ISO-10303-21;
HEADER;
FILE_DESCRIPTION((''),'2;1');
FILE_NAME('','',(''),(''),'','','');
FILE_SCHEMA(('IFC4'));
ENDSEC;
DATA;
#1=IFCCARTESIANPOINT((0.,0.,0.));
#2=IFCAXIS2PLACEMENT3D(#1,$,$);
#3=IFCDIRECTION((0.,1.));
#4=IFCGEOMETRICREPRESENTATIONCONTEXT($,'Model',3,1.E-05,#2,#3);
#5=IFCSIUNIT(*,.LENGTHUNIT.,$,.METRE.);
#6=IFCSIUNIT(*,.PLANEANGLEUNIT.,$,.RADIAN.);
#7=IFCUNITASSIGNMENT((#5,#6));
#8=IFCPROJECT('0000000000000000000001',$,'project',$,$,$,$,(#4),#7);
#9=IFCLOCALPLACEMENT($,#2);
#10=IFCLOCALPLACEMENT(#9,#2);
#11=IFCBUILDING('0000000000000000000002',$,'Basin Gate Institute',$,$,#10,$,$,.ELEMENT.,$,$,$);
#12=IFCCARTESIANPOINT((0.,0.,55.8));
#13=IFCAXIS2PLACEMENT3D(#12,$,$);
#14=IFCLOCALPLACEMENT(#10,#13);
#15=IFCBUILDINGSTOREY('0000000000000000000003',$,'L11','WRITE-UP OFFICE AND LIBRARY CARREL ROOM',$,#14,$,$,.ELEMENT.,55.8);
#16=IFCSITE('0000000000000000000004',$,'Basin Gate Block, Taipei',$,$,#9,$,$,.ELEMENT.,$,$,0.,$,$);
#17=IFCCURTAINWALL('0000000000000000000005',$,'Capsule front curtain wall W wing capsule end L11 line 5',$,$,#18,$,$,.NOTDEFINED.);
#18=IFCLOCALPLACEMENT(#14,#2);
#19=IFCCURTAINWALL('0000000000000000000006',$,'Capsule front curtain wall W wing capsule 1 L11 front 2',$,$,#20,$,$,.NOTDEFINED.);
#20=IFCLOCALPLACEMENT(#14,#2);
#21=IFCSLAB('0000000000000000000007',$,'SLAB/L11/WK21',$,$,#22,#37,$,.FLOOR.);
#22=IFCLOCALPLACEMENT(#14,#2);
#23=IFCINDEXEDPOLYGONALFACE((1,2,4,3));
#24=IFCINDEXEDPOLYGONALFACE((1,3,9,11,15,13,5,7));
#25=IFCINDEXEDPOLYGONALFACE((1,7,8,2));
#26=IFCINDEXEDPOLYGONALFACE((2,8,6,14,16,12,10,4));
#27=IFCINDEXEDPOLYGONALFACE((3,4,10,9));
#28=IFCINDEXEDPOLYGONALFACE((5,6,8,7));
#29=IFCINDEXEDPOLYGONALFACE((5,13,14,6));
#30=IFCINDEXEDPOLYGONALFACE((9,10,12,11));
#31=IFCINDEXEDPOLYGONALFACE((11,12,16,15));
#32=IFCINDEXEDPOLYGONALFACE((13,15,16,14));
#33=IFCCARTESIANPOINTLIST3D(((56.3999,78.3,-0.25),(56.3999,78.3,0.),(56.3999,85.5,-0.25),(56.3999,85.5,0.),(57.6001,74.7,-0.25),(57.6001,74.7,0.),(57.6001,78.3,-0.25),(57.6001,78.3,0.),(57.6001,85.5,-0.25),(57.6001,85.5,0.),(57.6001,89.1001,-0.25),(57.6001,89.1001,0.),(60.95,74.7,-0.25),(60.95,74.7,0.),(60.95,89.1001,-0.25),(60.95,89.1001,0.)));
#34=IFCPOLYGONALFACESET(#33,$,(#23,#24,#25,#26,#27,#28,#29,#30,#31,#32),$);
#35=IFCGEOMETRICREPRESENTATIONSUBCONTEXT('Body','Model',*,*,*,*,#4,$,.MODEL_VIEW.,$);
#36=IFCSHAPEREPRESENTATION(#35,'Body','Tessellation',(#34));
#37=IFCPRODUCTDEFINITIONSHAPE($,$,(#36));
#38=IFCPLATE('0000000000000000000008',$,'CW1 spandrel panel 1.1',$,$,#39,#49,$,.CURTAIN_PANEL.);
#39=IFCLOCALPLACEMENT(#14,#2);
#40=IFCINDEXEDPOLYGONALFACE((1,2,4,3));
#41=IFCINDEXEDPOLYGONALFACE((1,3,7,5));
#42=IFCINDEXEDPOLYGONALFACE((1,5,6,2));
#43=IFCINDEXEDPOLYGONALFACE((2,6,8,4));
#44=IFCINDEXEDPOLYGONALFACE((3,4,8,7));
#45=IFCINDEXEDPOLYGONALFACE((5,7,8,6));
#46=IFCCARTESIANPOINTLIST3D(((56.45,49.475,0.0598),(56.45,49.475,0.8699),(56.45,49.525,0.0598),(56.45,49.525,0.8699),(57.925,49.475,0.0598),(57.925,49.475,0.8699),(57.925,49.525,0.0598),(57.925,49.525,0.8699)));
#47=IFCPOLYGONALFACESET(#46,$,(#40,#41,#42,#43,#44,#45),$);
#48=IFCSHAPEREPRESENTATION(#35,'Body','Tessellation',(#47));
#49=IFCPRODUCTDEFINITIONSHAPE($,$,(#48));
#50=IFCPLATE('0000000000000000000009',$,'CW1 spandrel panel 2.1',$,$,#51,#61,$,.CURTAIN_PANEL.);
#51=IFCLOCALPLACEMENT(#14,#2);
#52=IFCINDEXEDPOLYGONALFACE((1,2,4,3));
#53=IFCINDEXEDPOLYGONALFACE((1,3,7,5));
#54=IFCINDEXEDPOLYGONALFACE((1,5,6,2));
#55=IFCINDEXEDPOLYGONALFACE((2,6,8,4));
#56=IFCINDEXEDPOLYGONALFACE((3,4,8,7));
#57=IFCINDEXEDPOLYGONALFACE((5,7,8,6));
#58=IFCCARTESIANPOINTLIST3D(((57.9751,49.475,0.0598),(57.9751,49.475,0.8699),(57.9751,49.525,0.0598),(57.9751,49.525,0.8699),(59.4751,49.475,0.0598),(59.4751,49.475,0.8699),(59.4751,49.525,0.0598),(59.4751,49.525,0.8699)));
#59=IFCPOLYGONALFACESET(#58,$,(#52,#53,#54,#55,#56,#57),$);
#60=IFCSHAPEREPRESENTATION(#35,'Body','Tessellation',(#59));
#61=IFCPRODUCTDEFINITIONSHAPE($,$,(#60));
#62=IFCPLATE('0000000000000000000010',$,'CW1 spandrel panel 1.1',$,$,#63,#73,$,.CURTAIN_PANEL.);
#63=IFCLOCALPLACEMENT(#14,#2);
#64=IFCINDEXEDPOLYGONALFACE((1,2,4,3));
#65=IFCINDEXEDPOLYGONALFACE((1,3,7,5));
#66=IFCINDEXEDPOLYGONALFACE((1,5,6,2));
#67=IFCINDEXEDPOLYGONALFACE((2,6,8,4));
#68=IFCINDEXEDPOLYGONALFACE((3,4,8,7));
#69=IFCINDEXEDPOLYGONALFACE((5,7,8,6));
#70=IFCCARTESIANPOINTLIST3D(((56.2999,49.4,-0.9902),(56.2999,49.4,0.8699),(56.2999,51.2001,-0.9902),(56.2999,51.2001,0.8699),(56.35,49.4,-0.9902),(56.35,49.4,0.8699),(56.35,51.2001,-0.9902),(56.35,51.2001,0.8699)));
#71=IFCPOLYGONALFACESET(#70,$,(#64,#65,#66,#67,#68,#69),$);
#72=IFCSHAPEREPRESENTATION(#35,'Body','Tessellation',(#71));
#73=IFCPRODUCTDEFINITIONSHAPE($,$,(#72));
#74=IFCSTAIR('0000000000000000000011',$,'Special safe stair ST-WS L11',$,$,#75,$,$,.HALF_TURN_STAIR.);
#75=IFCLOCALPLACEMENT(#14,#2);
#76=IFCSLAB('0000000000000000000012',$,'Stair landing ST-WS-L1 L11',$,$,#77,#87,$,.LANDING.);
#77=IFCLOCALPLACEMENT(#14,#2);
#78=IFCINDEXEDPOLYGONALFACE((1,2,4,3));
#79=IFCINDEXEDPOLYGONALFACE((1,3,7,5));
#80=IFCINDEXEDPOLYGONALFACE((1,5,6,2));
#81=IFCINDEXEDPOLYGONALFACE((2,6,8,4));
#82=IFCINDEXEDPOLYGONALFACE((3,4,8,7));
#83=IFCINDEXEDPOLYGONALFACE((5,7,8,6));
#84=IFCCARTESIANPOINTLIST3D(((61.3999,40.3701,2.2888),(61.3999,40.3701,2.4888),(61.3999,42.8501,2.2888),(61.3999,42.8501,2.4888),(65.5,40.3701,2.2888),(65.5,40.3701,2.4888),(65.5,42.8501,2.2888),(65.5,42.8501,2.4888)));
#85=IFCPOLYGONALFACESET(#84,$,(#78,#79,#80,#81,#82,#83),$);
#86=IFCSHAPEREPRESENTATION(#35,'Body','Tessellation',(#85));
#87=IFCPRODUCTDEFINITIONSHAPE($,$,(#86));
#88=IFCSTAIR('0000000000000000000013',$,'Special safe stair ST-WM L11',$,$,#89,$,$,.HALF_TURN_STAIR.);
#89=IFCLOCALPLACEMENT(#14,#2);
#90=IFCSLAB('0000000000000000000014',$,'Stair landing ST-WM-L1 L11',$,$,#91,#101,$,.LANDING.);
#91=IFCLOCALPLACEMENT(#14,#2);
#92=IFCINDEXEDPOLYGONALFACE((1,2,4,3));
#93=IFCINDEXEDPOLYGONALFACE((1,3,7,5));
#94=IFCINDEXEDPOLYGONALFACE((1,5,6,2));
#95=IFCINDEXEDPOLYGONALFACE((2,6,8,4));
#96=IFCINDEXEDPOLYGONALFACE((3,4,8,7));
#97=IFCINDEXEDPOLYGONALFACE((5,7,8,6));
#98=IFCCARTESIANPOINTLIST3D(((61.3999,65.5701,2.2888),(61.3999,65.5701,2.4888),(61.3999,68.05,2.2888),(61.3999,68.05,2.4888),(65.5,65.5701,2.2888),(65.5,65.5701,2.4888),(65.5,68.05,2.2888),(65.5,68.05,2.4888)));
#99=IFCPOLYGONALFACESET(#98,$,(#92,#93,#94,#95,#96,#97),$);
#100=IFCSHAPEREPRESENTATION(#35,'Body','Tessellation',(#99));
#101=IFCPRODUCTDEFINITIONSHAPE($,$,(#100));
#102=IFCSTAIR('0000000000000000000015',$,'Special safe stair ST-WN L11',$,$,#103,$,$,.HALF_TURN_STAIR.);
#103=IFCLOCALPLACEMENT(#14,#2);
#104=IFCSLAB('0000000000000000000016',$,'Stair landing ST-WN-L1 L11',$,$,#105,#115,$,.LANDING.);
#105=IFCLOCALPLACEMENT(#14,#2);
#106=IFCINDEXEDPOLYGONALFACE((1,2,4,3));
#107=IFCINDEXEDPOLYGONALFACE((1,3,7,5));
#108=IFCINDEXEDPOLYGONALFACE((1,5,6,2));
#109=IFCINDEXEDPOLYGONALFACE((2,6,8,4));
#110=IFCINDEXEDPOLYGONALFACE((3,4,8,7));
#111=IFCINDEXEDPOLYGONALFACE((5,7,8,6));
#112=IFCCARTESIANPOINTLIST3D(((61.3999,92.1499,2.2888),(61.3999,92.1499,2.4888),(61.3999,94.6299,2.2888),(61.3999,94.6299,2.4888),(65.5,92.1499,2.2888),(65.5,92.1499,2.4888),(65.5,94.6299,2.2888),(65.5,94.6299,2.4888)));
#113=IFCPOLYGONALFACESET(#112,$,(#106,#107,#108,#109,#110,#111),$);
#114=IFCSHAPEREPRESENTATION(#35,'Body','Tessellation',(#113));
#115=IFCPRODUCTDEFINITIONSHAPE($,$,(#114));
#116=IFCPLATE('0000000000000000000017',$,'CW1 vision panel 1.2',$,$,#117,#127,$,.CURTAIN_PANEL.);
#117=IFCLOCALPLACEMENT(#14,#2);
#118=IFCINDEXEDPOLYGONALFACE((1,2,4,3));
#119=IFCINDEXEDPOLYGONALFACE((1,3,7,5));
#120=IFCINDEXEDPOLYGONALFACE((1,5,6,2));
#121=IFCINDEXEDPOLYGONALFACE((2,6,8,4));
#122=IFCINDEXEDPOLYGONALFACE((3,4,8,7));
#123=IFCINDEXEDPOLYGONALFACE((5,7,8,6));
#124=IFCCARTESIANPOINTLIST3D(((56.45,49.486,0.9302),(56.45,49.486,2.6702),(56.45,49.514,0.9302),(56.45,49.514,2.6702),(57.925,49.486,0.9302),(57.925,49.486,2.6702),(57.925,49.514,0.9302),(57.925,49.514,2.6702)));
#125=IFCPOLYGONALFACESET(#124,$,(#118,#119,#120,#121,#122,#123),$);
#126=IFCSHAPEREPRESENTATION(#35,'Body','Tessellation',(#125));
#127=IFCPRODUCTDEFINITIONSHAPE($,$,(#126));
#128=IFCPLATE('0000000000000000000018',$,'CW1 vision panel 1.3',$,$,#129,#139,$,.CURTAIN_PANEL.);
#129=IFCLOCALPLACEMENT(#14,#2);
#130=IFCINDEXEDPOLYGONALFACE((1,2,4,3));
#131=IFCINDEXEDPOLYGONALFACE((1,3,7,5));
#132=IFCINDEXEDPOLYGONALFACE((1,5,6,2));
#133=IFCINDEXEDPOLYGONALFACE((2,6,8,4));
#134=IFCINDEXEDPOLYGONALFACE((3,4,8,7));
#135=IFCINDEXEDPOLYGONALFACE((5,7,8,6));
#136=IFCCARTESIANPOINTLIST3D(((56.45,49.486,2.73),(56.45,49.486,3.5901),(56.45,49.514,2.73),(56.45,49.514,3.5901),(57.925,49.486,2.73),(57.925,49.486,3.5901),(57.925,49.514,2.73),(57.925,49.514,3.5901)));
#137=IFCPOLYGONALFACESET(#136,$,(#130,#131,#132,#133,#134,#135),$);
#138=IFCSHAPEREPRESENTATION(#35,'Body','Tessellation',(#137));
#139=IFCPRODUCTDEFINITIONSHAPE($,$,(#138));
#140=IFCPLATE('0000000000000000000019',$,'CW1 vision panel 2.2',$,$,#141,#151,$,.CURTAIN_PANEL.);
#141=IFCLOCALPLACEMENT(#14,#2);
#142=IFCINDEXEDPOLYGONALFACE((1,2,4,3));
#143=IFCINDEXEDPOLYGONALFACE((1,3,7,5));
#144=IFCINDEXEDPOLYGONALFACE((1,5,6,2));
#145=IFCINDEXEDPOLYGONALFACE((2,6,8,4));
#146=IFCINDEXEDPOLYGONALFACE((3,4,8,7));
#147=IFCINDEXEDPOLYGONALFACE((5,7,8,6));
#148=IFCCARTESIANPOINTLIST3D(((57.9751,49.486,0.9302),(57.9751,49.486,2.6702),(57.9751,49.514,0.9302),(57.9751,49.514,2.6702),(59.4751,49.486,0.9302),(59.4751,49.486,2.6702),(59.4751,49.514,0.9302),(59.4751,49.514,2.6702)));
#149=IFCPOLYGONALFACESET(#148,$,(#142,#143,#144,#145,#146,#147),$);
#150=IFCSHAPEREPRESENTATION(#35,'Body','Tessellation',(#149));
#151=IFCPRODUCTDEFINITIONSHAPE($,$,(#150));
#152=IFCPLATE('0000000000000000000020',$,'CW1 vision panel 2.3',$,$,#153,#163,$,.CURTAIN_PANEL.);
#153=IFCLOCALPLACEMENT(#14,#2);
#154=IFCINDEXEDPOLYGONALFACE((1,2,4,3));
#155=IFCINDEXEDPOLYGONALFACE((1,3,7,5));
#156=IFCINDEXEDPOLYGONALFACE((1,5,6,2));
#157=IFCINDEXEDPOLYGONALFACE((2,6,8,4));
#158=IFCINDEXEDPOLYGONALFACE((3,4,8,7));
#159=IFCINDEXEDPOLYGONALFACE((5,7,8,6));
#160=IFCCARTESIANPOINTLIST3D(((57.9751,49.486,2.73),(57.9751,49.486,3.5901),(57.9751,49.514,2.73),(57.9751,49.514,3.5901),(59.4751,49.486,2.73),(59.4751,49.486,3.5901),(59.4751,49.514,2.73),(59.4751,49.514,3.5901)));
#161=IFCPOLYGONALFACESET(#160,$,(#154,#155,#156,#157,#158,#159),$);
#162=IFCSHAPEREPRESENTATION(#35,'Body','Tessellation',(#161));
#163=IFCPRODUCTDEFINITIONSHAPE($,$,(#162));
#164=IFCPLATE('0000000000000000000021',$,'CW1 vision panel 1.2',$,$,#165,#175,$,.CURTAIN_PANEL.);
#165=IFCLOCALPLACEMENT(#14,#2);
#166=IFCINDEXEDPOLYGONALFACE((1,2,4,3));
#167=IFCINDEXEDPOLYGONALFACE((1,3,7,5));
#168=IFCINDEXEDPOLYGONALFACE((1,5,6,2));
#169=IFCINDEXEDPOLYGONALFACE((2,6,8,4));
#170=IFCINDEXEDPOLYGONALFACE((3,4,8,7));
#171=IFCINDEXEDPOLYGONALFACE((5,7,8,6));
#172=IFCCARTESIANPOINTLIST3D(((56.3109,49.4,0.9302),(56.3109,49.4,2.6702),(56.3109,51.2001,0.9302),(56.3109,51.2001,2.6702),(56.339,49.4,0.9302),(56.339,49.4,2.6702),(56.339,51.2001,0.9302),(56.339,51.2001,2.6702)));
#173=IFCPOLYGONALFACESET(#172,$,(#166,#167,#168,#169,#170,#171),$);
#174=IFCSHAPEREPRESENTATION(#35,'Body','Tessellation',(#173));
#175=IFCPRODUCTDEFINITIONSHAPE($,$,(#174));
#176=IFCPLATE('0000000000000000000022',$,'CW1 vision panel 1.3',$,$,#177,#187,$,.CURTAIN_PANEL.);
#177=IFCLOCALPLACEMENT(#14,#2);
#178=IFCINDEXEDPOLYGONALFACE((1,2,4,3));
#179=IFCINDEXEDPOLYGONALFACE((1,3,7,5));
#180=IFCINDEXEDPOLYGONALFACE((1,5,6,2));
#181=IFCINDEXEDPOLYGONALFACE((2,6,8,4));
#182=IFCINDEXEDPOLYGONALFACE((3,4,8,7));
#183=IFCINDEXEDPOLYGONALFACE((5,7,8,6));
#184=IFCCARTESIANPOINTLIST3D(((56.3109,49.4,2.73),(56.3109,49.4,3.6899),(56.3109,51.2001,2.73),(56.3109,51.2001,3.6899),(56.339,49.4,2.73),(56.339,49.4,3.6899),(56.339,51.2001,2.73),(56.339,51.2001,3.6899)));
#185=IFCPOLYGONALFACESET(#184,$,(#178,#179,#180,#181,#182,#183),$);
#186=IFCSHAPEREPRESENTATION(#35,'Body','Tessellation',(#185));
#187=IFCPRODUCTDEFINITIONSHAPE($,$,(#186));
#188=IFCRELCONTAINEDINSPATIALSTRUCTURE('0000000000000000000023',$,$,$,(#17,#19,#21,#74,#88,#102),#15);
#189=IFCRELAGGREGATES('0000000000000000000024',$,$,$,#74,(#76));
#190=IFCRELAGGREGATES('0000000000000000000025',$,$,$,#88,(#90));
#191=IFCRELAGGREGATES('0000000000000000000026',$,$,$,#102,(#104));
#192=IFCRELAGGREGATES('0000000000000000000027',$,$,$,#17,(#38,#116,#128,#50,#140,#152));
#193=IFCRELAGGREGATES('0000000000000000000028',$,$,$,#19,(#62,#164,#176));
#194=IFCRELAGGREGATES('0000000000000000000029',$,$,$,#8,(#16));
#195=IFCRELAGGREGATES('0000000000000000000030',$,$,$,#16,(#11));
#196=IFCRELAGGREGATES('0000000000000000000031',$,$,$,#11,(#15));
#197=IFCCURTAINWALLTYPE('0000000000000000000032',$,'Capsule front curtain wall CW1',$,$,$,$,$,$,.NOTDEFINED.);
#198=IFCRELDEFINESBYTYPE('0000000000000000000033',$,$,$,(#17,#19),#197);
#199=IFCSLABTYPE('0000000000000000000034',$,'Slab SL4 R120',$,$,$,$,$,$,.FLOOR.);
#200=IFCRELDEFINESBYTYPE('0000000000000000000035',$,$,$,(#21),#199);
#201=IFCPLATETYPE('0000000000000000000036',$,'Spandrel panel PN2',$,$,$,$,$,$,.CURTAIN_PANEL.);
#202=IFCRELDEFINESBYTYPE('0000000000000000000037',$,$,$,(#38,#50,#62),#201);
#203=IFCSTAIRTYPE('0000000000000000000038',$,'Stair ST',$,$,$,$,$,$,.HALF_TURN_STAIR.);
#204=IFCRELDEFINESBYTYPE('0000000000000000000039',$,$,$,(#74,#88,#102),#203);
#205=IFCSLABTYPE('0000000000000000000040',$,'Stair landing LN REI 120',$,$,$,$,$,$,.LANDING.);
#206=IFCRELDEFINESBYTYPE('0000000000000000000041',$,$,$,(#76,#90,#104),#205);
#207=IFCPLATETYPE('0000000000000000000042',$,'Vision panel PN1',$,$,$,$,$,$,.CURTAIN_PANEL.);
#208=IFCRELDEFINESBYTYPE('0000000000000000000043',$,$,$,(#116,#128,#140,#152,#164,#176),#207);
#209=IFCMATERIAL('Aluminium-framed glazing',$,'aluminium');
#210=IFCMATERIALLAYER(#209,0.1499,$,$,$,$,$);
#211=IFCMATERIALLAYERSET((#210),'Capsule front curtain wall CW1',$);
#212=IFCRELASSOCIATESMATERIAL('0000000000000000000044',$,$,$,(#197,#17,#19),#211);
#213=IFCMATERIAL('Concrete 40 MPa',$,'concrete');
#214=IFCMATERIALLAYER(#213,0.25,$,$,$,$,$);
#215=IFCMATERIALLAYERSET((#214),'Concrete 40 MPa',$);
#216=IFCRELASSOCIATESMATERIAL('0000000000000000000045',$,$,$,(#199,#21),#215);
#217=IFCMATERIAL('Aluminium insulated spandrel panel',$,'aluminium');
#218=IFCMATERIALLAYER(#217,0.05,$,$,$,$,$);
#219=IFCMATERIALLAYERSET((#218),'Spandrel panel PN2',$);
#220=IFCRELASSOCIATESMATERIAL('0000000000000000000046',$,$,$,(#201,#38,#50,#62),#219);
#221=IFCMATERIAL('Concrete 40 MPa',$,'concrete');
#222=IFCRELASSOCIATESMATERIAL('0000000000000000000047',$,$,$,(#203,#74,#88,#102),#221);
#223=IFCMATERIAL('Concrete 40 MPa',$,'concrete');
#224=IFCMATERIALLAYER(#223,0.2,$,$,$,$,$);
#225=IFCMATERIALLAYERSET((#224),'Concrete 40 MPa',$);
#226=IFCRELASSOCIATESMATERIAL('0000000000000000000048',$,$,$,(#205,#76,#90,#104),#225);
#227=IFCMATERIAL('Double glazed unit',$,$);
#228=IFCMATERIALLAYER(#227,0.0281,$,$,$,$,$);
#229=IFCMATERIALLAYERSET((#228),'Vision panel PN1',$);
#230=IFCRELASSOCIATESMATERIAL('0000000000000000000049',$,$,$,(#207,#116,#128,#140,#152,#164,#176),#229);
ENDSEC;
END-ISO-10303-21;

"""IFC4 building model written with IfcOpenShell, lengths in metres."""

from ifc_helpers import new_model, si_unit, direction, frame, origin, origin_2d, place, context, subcontext, project, spatial, polyline, rectangle, outline, extrude, material, layer, layer_set, type_object, element, aggregate, save


model = new_model("IFC4")

# Units and contexts
model_context = context("Model", 3, precision=1e-05, world=origin(), true_north=direction((0.0, 1.0)))
body_context = subcontext(model_context, "Body", "Model", "MODEL_VIEW")
ifc_project = project(units=[si_unit("LENGTHUNIT", "METRE"), si_unit("PLANEANGLEUNIT", "RADIAN")], contexts=[model_context])

# Site, building, storey
site_placement = place(None, origin())
site = spatial("IfcSite", under=ifc_project, at=site_placement, Name="Basin Gate Block, Taipei", CompositionType="ELEMENT", RefElevation=0.0)
building_placement = place(site_placement, origin())
building = spatial("IfcBuilding", under=site, at=building_placement, Name="Basin Gate Institute", CompositionType="ELEMENT")
storey_placement = place(building_placement, frame((0.0, 0.0, 55.8)))
storey = spatial("IfcBuildingStorey", under=building, at=storey_placement, Name="L11", Description="WRITE-UP OFFICE AND LIBRARY CARREL ROOM", CompositionType="ELEMENT", Elevation=55.8)

# Curtain walls
ifc_material_1 = material(Name="Aluminium-framed glazing", Category="aluminium")
ifc_layer_1 = layer(ifc_material_1, 0.1499)
ifc_layer_set_1 = layer_set([ifc_layer_1], Name="Capsule front curtain wall CW1")
curtain_wall_type = type_object("IfcCurtainWallType", Name="Capsule front curtain wall CW1", PredefinedType="NOTDEFINED", material=ifc_layer_set_1)
curtain_wall_1_placement = place(storey_placement, origin())
curtain_wall_1 = element("IfcCurtainWall", 1, at=curtain_wall_1_placement, inside=storey, type_object=curtain_wall_type, material=ifc_layer_set_1, Name="Capsule front curtain wall W wing capsule end L11 line 5", PredefinedType="NOTDEFINED")
curtain_wall_2_placement = place(storey_placement, origin())
curtain_wall_2 = element("IfcCurtainWall", 2, at=curtain_wall_2_placement, inside=storey, type_object=curtain_wall_type, material=ifc_layer_set_1, Name="Capsule front curtain wall W wing capsule 1 L11 front 2", PredefinedType="NOTDEFINED")

# Slab
ifc_material_2 = material(Name="Concrete 40 MPa", Category="concrete")
ifc_layer_2 = layer(ifc_material_2, 0.25)
ifc_layer_set_2 = layer_set([ifc_layer_2], Name="Concrete 40 MPa")
slab_type_1 = type_object("IfcSlabType", Name="Slab SL4 R120", PredefinedType="FLOOR", material=ifc_layer_set_2)
slab_1_placement = place(storey_placement, frame((0.0, 0.0, -0.25)))
element("IfcSlab", 3, at=slab_1_placement, inside=storey, type_object=slab_type_1, material=ifc_layer_set_2, Name="SLAB/L11/WK21", PredefinedType="FLOOR", context=body_context, shape_type="SweptSolid", body=[
    extrude(outline(polyline([(57.6001, 74.7), (57.6001, 78.3), (56.3999, 78.3), (56.3999, 85.5), (57.6001, 85.5), (57.6001, 89.1001), (60.95, 89.1001), (60.95, 74.7), (57.6001, 74.7)])), origin(), (0.0, 0.0, 1.0), 0.25),
])

# Plates
ifc_material_3 = material(Name="Aluminium insulated spandrel panel", Category="aluminium")
ifc_layer_3 = layer(ifc_material_3, 0.05)
ifc_layer_set_3 = layer_set([ifc_layer_3], Name="Spandrel panel PN2")
plate_type_1 = type_object("IfcPlateType", Name="Spandrel panel PN2", PredefinedType="CURTAIN_PANEL", material=ifc_layer_set_3)
plate_1_placement = place(storey_placement, frame((57.1875, 49.5, 0.0598), z_axis=(0.0, 0.0, 1.0), x_axis=(1.0, 0.0, 0.0)))
plate_1 = element("IfcPlate", 4, at=plate_1_placement, type_object=plate_type_1, material=ifc_layer_set_3, Name="CW1 spandrel panel 1.1", PredefinedType="CURTAIN_PANEL", context=body_context, shape_type="SweptSolid", body=[
    extrude(rectangle(XDim=1.4751, YDim=0.05, at=origin_2d()), origin(), (0.0, 0.0, 1.0), 0.8101),
])
plate_2_placement = place(storey_placement, frame((58.7251, 49.5, 0.0598), z_axis=(0.0, 0.0, 1.0), x_axis=(1.0, 0.0, 0.0)))
plate_2 = element("IfcPlate", 5, at=plate_2_placement, type_object=plate_type_1, material=ifc_layer_set_3, Name="CW1 spandrel panel 2.1", PredefinedType="CURTAIN_PANEL", context=body_context, shape_type="SweptSolid", body=[
    extrude(rectangle(XDim=1.5, YDim=0.05, at=origin_2d()), origin(), (0.0, 0.0, 1.0), 0.8101),
])
plate_3_placement = place(storey_placement, frame((56.325, 50.3, -0.9902), z_axis=(0.0, 0.0, 1.0), x_axis=(0.0, 1.0, 0.0)))
plate_3 = element("IfcPlate", 6, at=plate_3_placement, type_object=plate_type_1, material=ifc_layer_set_3, Name="CW1 spandrel panel 1.1", PredefinedType="CURTAIN_PANEL", context=body_context, shape_type="SweptSolid", body=[
    extrude(rectangle(XDim=1.8, YDim=0.05, at=origin_2d()), origin(), (0.0, 0.0, 1.0), 1.8601),
])

# Stairs, slabs
ifc_material_4 = material(Name="Concrete 40 MPa", Category="concrete")
stair_type = type_object("IfcStairType", Name="Stair ST", PredefinedType="HALF_TURN_STAIR", material=ifc_material_4)
stair_1_placement = place(storey_placement, origin())
stair_1 = element("IfcStair", 7, at=stair_1_placement, inside=storey, type_object=stair_type, material=ifc_material_4, Name="Special safe stair ST-WS L11", PredefinedType="HALF_TURN_STAIR")
ifc_material_5 = material(Name="Concrete 40 MPa", Category="concrete")
ifc_layer_4 = layer(ifc_material_5, 0.2)
ifc_layer_set_4 = layer_set([ifc_layer_4], Name="Concrete 40 MPa")
slab_type_2 = type_object("IfcSlabType", Name="Stair landing LN REI 120", PredefinedType="LANDING", material=ifc_layer_set_4)
slab_2_placement = place(storey_placement, frame((0.0, 0.0, 2.2888)))
slab_2 = element("IfcSlab", 8, at=slab_2_placement, type_object=slab_type_2, material=ifc_layer_set_4, Name="Stair landing ST-WS-L1 L11", PredefinedType="LANDING", context=body_context, shape_type="SweptSolid", body=[
    extrude(outline(polyline([(61.3999, 40.3701), (65.5, 40.3701), (65.5, 42.8501), (61.3999, 42.8501), (61.3999, 40.3701)])), origin(), (0.0, 0.0, 1.0), 0.2),
])
aggregate(stair_1, [slab_2])
stair_2_placement = place(storey_placement, origin())
stair_2 = element("IfcStair", 9, at=stair_2_placement, inside=storey, type_object=stair_type, material=ifc_material_4, Name="Special safe stair ST-WM L11", PredefinedType="HALF_TURN_STAIR")
slab_3_placement = place(storey_placement, frame((0.0, 0.0, 2.2888)))
slab_3 = element("IfcSlab", 10, at=slab_3_placement, type_object=slab_type_2, material=ifc_layer_set_4, Name="Stair landing ST-WM-L1 L11", PredefinedType="LANDING", context=body_context, shape_type="SweptSolid", body=[
    extrude(outline(polyline([(61.3999, 65.5701), (65.5, 65.5701), (65.5, 68.05), (61.3999, 68.05), (61.3999, 65.5701)])), origin(), (0.0, 0.0, 1.0), 0.2),
])
aggregate(stair_2, [slab_3])
stair_3_placement = place(storey_placement, origin())
stair_3 = element("IfcStair", 11, at=stair_3_placement, inside=storey, type_object=stair_type, material=ifc_material_4, Name="Special safe stair ST-WN L11", PredefinedType="HALF_TURN_STAIR")
slab_4_placement = place(storey_placement, frame((0.0, 0.0, 2.2888)))
slab_4 = element("IfcSlab", 12, at=slab_4_placement, type_object=slab_type_2, material=ifc_layer_set_4, Name="Stair landing ST-WN-L1 L11", PredefinedType="LANDING", context=body_context, shape_type="SweptSolid", body=[
    extrude(outline(polyline([(61.3999, 92.1499), (65.5, 92.1499), (65.5, 94.6299), (61.3999, 94.6299), (61.3999, 92.1499)])), origin(), (0.0, 0.0, 1.0), 0.2),
])
aggregate(stair_3, [slab_4])

# Plates
ifc_material_6 = material(Name="Double glazed unit")
ifc_layer_5 = layer(ifc_material_6, 0.0281)
ifc_layer_set_5 = layer_set([ifc_layer_5], Name="Vision panel PN1")
plate_type_2 = type_object("IfcPlateType", Name="Vision panel PN1", PredefinedType="CURTAIN_PANEL", material=ifc_layer_set_5)
plate_4_placement = place(storey_placement, frame((57.1875, 49.5, 0.9302), z_axis=(0.0, 0.0, 1.0), x_axis=(1.0, 0.0, 0.0)))
plate_4 = element("IfcPlate", 13, at=plate_4_placement, type_object=plate_type_2, material=ifc_layer_set_5, Name="CW1 vision panel 1.2", PredefinedType="CURTAIN_PANEL", context=body_context, shape_type="SweptSolid", body=[
    extrude(rectangle(XDim=1.4751, YDim=0.0281, at=origin_2d()), origin(), (0.0, 0.0, 1.0), 1.74),
])
plate_5_placement = place(storey_placement, frame((57.1875, 49.5, 2.73), z_axis=(0.0, 0.0, 1.0), x_axis=(1.0, 0.0, 0.0)))
plate_5 = element("IfcPlate", 14, at=plate_5_placement, type_object=plate_type_2, material=ifc_layer_set_5, Name="CW1 vision panel 1.3", PredefinedType="CURTAIN_PANEL", context=body_context, shape_type="SweptSolid", body=[
    extrude(rectangle(XDim=1.4751, YDim=0.0281, at=origin_2d()), origin(), (0.0, 0.0, 1.0), 0.8601),
])
plate_6_placement = place(storey_placement, frame((58.7251, 49.5, 0.9302), z_axis=(0.0, 0.0, 1.0), x_axis=(1.0, 0.0, 0.0)))
plate_6 = element("IfcPlate", 15, at=plate_6_placement, type_object=plate_type_2, material=ifc_layer_set_5, Name="CW1 vision panel 2.2", PredefinedType="CURTAIN_PANEL", context=body_context, shape_type="SweptSolid", body=[
    extrude(rectangle(XDim=1.5, YDim=0.0281, at=origin_2d()), origin(), (0.0, 0.0, 1.0), 1.74),
])
plate_7_placement = place(storey_placement, frame((58.7251, 49.5, 2.73), z_axis=(0.0, 0.0, 1.0), x_axis=(1.0, 0.0, 0.0)))
plate_7 = element("IfcPlate", 16, at=plate_7_placement, type_object=plate_type_2, material=ifc_layer_set_5, Name="CW1 vision panel 2.3", PredefinedType="CURTAIN_PANEL", context=body_context, shape_type="SweptSolid", body=[
    extrude(rectangle(XDim=1.5, YDim=0.0281, at=origin_2d()), origin(), (0.0, 0.0, 1.0), 0.8601),
])
aggregate(curtain_wall_1, [plate_1, plate_4, plate_5, plate_2, plate_6, plate_7])
plate_8_placement = place(storey_placement, frame((56.325, 50.3, 0.9302), z_axis=(0.0, 0.0, 1.0), x_axis=(0.0, 1.0, 0.0)))
plate_8 = element("IfcPlate", 17, at=plate_8_placement, type_object=plate_type_2, material=ifc_layer_set_5, Name="CW1 vision panel 1.2", PredefinedType="CURTAIN_PANEL", context=body_context, shape_type="SweptSolid", body=[
    extrude(rectangle(XDim=1.8, YDim=0.0281, at=origin_2d()), origin(), (0.0, 0.0, 1.0), 1.74),
])
plate_9_placement = place(storey_placement, frame((56.325, 50.3, 2.73), z_axis=(0.0, 0.0, 1.0), x_axis=(0.0, 1.0, 0.0)))
plate_9 = element("IfcPlate", 18, at=plate_9_placement, type_object=plate_type_2, material=ifc_layer_set_5, Name="CW1 vision panel 1.3", PredefinedType="CURTAIN_PANEL", context=body_context, shape_type="SweptSolid", body=[
    extrude(rectangle(XDim=1.8, YDim=0.0281, at=origin_2d()), origin(), (0.0, 0.0, 1.0), 0.96),
])
aggregate(curtain_wall_2, [plate_3, plate_8, plate_9])

save(model, "model.ifc")
